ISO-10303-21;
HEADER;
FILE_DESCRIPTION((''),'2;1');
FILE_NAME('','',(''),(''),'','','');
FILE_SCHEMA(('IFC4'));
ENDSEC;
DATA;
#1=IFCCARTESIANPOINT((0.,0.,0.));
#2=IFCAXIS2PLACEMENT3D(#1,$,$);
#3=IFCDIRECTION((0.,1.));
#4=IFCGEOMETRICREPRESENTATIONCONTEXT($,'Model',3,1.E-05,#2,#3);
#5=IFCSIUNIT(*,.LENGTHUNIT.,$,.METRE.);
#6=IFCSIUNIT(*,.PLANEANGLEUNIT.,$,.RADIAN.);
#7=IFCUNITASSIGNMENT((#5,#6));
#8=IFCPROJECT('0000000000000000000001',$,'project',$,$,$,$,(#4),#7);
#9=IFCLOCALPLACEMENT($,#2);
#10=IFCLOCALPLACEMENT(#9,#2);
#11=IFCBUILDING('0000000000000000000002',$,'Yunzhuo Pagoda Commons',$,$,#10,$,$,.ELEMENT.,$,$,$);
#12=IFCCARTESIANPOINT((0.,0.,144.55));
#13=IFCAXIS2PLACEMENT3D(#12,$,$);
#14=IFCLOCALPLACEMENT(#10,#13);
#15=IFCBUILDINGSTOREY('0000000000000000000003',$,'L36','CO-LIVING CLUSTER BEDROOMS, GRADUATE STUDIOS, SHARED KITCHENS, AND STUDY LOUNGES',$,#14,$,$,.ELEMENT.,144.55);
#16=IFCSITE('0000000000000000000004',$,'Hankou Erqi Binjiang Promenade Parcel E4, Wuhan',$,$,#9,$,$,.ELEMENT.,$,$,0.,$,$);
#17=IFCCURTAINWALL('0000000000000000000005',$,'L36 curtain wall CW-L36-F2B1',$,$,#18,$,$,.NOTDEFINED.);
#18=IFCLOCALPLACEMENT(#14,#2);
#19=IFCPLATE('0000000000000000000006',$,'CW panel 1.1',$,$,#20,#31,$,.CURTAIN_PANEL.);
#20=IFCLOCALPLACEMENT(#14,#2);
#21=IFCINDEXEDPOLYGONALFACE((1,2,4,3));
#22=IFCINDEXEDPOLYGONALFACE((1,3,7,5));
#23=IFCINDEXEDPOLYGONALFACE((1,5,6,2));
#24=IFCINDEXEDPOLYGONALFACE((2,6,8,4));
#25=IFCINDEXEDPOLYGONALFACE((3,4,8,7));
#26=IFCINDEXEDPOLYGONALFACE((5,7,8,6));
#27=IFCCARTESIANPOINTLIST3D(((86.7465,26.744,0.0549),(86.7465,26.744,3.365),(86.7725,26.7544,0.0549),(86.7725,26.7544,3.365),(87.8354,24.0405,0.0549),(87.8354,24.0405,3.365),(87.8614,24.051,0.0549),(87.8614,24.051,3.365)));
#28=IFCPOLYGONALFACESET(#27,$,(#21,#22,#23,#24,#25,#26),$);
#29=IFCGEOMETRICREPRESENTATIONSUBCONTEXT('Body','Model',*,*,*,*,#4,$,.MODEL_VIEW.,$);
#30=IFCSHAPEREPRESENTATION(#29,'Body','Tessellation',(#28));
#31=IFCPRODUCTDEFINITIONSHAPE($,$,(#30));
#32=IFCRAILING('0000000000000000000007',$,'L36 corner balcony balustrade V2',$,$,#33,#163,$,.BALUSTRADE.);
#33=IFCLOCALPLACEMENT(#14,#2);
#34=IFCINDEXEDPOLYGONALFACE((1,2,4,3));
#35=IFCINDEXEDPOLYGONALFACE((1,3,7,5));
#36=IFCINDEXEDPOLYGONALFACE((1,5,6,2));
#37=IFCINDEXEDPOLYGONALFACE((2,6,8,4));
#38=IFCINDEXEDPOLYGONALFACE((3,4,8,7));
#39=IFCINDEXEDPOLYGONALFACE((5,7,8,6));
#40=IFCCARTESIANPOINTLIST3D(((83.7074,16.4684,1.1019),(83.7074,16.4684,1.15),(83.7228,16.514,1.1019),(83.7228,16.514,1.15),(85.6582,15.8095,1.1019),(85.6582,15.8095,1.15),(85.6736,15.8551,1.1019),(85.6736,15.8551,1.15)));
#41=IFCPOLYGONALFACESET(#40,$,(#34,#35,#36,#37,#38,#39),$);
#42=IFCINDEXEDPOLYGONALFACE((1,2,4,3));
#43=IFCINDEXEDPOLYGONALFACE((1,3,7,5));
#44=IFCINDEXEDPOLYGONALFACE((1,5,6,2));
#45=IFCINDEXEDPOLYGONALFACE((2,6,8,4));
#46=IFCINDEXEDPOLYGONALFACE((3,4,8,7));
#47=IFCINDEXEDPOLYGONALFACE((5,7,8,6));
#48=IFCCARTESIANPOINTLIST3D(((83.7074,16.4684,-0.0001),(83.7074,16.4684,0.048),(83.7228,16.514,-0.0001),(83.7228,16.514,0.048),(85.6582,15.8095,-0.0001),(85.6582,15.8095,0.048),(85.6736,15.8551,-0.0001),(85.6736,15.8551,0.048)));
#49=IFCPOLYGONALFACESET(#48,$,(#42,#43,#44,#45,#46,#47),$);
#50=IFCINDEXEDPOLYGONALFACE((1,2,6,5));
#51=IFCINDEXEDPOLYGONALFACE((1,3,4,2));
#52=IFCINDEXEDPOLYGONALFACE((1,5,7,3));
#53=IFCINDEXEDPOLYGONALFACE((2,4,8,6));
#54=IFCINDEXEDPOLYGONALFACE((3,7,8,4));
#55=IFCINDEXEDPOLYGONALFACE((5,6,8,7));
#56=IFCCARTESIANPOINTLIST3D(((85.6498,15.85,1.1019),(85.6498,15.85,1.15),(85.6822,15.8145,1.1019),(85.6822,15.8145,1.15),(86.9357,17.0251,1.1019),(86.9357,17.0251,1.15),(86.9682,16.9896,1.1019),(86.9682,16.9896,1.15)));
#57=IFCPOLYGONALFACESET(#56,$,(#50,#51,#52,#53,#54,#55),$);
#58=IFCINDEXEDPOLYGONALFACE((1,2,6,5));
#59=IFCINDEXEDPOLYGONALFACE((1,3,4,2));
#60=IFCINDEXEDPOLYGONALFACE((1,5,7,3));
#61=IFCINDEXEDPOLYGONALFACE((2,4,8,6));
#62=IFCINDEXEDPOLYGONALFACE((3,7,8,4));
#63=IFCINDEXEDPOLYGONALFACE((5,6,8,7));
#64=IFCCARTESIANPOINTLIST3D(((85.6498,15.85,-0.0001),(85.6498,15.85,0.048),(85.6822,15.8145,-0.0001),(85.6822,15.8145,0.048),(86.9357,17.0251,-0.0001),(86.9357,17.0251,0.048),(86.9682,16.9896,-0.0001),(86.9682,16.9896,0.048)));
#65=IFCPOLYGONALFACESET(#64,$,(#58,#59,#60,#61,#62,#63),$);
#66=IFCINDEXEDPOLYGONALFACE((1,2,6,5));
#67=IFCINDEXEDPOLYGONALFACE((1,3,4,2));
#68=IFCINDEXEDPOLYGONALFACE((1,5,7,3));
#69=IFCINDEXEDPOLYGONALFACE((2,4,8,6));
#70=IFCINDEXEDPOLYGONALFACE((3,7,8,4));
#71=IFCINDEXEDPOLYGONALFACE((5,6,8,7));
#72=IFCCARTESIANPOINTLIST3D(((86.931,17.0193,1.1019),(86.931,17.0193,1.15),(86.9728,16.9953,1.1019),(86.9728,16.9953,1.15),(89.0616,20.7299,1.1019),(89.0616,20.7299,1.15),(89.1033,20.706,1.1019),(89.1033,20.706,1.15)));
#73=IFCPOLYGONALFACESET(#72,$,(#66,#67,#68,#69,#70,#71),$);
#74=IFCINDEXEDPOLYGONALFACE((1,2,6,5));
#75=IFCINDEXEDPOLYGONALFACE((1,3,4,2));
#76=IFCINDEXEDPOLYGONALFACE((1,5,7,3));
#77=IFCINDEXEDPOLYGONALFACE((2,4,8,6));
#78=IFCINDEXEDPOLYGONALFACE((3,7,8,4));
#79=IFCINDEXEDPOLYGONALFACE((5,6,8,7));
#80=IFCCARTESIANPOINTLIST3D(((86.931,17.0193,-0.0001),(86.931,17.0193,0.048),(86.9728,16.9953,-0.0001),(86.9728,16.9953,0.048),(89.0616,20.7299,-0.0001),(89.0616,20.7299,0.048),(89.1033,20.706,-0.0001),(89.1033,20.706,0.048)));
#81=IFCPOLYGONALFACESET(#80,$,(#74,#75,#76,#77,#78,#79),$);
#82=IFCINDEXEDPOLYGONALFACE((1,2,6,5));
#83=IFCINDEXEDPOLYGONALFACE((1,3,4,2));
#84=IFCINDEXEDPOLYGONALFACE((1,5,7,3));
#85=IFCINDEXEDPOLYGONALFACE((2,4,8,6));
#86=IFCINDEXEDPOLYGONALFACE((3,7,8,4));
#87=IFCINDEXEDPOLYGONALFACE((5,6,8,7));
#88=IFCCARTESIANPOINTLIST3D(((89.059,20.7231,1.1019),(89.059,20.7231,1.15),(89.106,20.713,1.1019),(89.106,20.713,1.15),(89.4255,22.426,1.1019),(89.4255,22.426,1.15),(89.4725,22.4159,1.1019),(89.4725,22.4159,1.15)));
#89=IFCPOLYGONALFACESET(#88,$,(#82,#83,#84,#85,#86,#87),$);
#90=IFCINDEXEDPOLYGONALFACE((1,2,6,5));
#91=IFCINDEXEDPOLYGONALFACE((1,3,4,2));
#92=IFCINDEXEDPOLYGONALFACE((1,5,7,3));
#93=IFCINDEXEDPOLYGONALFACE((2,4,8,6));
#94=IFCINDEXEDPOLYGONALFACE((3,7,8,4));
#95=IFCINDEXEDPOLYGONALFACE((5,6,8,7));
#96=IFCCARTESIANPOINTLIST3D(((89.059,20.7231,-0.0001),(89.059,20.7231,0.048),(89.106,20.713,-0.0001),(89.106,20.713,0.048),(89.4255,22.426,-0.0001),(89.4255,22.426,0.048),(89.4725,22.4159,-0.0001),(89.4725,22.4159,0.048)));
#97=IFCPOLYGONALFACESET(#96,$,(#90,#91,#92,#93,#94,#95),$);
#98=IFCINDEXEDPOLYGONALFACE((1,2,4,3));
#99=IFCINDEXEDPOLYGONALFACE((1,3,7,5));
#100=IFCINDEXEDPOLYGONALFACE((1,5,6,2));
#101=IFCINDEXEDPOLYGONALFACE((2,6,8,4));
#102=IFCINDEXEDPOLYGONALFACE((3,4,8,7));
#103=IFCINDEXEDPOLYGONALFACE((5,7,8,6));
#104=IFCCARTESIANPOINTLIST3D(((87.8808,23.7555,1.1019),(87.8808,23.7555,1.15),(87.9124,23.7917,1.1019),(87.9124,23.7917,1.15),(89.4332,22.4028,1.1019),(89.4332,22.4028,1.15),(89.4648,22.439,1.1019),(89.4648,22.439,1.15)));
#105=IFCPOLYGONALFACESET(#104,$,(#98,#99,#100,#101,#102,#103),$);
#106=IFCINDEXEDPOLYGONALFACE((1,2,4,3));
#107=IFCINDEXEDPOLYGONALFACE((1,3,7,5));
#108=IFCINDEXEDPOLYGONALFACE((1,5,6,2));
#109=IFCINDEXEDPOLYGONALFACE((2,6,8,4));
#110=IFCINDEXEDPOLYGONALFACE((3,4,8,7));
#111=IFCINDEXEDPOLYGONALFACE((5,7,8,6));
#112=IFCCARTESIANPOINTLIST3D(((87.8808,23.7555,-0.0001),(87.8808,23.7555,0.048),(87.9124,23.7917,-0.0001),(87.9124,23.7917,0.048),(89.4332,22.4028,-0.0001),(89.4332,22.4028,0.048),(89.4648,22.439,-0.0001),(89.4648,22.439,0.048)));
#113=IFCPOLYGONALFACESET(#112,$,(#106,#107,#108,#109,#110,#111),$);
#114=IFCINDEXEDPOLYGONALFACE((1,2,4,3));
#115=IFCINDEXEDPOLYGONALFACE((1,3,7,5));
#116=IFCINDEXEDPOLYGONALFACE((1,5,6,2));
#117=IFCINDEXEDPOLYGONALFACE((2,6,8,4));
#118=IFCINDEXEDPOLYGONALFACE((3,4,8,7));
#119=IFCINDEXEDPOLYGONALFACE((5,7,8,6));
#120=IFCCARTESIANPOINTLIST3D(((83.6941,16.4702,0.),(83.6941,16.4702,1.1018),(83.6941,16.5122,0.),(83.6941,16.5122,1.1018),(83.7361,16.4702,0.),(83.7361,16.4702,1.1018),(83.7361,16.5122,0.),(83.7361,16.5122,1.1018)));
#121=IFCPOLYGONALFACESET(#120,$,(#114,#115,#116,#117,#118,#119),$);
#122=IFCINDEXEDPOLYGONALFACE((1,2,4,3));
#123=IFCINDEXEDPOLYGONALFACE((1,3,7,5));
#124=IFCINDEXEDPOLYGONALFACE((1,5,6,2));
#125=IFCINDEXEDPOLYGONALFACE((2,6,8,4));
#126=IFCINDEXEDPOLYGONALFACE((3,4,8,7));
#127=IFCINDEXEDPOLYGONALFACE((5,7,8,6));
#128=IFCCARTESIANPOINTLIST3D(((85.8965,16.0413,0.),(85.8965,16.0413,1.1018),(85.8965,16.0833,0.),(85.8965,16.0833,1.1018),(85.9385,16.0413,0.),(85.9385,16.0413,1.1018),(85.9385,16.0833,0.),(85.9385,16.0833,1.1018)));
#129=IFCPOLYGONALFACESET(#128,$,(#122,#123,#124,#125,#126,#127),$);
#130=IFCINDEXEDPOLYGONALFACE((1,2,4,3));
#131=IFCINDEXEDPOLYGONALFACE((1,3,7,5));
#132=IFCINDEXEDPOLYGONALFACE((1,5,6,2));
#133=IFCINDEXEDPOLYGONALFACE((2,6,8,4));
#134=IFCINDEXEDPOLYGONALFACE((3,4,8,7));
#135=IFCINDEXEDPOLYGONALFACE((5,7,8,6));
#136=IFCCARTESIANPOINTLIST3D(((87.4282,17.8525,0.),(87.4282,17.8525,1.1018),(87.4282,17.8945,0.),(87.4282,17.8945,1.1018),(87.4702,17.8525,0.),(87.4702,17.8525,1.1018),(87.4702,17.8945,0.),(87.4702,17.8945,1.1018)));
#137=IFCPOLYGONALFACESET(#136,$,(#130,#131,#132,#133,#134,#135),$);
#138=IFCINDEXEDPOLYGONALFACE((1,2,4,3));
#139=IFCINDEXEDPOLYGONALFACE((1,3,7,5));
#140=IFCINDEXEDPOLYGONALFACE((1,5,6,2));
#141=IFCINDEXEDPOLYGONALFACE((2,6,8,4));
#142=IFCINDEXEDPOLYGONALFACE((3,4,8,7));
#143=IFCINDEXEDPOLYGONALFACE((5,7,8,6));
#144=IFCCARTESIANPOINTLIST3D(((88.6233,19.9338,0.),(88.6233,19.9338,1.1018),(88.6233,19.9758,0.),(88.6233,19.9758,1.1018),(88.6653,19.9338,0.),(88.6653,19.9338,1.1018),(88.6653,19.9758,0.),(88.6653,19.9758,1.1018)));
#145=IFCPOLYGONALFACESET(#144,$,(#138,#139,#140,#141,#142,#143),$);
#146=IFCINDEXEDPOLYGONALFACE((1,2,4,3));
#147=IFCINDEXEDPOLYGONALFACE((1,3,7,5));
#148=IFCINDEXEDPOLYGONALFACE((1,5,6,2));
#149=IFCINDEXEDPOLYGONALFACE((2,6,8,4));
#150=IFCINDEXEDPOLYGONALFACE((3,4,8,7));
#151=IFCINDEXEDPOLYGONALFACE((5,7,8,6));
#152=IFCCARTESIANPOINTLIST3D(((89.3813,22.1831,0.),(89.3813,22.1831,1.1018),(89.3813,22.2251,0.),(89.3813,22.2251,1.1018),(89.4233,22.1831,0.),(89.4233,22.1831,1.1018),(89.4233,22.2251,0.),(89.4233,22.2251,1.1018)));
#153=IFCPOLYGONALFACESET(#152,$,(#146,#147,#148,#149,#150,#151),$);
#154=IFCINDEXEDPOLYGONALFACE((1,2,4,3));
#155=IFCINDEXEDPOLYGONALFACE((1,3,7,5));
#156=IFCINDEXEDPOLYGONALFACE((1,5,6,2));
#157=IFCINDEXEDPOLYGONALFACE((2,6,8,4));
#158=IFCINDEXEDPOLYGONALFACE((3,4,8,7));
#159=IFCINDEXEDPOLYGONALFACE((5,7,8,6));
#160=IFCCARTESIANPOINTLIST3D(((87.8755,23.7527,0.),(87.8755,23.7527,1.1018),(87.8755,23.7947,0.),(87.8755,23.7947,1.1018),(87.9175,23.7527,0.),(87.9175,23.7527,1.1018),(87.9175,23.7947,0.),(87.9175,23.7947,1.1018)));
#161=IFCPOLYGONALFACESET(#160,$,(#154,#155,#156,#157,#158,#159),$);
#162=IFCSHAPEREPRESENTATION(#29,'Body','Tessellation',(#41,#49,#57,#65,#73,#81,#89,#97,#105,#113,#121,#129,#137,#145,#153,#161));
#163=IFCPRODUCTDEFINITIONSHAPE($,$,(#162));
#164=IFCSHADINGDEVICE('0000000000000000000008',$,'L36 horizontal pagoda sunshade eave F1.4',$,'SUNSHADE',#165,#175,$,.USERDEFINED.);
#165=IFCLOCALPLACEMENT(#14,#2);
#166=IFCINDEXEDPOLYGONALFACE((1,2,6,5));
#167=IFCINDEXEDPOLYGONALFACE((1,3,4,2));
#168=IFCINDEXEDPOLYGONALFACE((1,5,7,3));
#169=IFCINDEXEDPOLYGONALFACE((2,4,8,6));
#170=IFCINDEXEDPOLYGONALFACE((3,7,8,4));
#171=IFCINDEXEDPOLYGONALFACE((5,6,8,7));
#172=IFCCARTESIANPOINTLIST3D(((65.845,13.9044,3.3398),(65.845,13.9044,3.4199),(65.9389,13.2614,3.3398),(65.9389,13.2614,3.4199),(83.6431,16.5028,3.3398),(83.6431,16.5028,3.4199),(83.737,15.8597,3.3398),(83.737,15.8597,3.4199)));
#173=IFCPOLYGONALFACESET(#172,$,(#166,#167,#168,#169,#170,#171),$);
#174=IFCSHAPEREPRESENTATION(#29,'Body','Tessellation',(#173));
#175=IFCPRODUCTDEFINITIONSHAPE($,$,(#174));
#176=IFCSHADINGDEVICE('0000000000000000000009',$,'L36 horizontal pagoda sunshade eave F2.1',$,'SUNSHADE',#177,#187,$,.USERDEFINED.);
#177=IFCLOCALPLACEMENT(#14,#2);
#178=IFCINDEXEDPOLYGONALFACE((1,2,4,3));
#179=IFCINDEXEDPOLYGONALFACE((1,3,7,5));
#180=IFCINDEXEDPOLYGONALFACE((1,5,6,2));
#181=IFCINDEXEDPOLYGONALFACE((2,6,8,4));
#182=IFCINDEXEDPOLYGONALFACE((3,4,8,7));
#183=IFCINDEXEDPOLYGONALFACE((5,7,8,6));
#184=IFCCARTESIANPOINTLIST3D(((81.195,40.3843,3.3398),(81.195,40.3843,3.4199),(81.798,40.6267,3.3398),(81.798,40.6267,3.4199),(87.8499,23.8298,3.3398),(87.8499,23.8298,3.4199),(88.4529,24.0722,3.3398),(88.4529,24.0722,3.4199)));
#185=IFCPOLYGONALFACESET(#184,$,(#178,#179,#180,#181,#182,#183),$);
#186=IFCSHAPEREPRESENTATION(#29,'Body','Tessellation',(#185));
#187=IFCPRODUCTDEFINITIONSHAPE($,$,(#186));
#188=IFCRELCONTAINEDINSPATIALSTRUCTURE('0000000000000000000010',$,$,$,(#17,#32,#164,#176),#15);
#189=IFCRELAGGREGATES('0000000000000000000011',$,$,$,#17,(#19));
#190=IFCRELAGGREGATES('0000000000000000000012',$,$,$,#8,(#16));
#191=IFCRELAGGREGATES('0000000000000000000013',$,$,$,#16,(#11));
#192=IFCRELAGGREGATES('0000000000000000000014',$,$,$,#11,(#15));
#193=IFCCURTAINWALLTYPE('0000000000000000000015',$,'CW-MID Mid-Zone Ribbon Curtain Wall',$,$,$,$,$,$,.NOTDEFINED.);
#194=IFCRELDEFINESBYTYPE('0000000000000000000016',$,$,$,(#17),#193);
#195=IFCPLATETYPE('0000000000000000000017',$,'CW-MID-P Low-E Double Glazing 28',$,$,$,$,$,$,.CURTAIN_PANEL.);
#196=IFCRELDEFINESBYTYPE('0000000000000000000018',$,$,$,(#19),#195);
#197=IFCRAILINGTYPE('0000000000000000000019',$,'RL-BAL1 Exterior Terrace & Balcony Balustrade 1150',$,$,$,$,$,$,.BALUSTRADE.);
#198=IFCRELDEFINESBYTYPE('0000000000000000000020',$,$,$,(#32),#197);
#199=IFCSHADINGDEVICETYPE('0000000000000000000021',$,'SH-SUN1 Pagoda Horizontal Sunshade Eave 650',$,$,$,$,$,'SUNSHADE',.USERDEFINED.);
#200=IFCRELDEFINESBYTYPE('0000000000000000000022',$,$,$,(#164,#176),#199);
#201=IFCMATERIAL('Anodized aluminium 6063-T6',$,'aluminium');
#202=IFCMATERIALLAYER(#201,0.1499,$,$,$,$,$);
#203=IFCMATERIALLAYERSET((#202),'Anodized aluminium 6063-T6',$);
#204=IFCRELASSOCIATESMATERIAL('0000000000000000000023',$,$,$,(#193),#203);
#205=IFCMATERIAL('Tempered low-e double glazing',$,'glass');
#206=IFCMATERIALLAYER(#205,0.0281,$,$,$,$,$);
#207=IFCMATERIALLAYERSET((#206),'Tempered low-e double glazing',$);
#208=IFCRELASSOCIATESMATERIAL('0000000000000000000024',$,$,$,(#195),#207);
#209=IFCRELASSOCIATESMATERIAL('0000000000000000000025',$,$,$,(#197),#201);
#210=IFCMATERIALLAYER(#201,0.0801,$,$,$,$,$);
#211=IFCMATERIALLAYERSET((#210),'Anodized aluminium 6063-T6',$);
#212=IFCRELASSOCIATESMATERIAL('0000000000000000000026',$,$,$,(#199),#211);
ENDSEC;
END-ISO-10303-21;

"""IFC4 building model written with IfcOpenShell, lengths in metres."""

from ifc_helpers import new_model, si_unit, direction, frame, origin, origin_2d, place, context, subcontext, project, spatial, rectangle, extrude, source, transform, mapped, material, layer, layer_set, type_object, element, aggregate, save


model = new_model("IFC4")

# Units and contexts
model_context = context("Model", 3, precision=1e-05, world=origin(), true_north=direction((0.0, 1.0)))
body_context = subcontext(model_context, "Body", "Model", "MODEL_VIEW")
ifc_project = project(units=[si_unit("LENGTHUNIT", "METRE"), si_unit("PLANEANGLEUNIT", "RADIAN")], contexts=[model_context])

# Site, building, storey
site_placement = place(None, origin())
site = spatial("IfcSite", under=ifc_project, at=site_placement, Name="Hankou Erqi Binjiang Promenade Parcel E4, Wuhan", CompositionType="ELEMENT", RefElevation=0.0)
building_placement = place(site_placement, origin())
building = spatial("IfcBuilding", under=site, at=building_placement, Name="Yunzhuo Pagoda Commons", CompositionType="ELEMENT")
storey_placement = place(building_placement, frame((0.0, 0.0, 144.55)))
storey = spatial("IfcBuildingStorey", under=building, at=storey_placement, Name="L36", Description="CO-LIVING CLUSTER BEDROOMS, GRADUATE STUDIOS, SHARED KITCHENS, AND STUDY LOUNGES", CompositionType="ELEMENT", Elevation=144.55)

# Shared definitions
ifc_material_1 = material(Name="Anodized aluminium 6063-T6", Category="aluminium")
ifc_layer_1 = layer(ifc_material_1, 0.1499)
ifc_layer_set_1 = layer_set([ifc_layer_1], Name="Anodized aluminium 6063-T6")
curtain_wall_type = type_object("IfcCurtainWallType", Name="CW-MID Mid-Zone Ribbon Curtain Wall", PredefinedType="NOTDEFINED", material=ifc_layer_set_1)

# Curtain wall
curtain_wall_1_placement = place(storey_placement, origin())
curtain_wall_1 = element("IfcCurtainWall", 1, at=curtain_wall_1_placement, inside=storey, type_object=curtain_wall_type, Name="L36 curtain wall CW-L36-F2B1", PredefinedType="NOTDEFINED")

# Shared definitions
ifc_material_2 = material(Name="Tempered low-e double glazing", Category="glass")
ifc_layer_2 = layer(ifc_material_2, 0.0281)
ifc_layer_set_2 = layer_set([ifc_layer_2], Name="Tempered low-e double glazing")
plate_type_1 = type_object("IfcPlateType", Name="CW-MID-P Low-E Double Glazing 28", PredefinedType="CURTAIN_PANEL", material=ifc_layer_set_2)

# Plate
shared_shape_1 = source(origin(), body_context, "Body", "SweptSolid", [
    extrude(rectangle(XDim=2.9146, YDim=0.0281, at=origin_2d()), origin(), (0.0, 0.0, 1.0), 3.3101),
])
plate_1_placement = place(storey_placement, frame((87.304, 25.3975, 0.0549), z_axis=(0.0, 0.0, 1.0), x_axis=(-0.373617, 0.927583, 0.0)))
plate_1 = element("IfcPlate", 2, at=plate_1_placement, type_object=plate_type_1, Name="CW panel 1.1", PredefinedType="CURTAIN_PANEL", context=body_context, shape_type="MappedRepresentation", body=[
    mapped(shared_shape_1, transform((0.0, 0.0, 0.0), scale=1.0)),
])
aggregate(curtain_wall_1, [plate_1])

# Railing
railing_type = type_object("IfcRailingType", Name="RL-BAL1 Exterior Terrace & Balcony Balustrade 1150", PredefinedType="BALUSTRADE", material=ifc_material_1)
railing_placement = place(storey_placement, frame((83.7151, 16.4912, 0.0)))
element("IfcRailing", 3, at=railing_placement, inside=storey, type_object=railing_type, Name="L36 corner balcony balustrade V2", PredefinedType="BALUSTRADE", context=body_context, shape_type="SweptSolid", body=[
    extrude(rectangle(XDim=0.0481, YDim=0.0481, at=origin_2d()), frame((0.0, 0.0, 1.126), z_axis=(0.947419, -0.319996, 0.0), x_axis=(0.319996, 0.947419, 0.0)), (0.0, 0.0, 1.0), 2.0591),
    extrude(rectangle(XDim=0.0481, YDim=0.0481, at=origin_2d()), frame((0.0, 0.0, 0.0239), z_axis=(0.947419, -0.319996, 0.0), x_axis=(0.319996, 0.947419, 0.0)), (0.0, 0.0, 1.0), 2.0591),
    extrude(rectangle(XDim=0.0481, YDim=0.0481, at=origin_2d()), frame((1.9509, -0.6589, 1.126), z_axis=(0.738206, 0.674575, 0.0), x_axis=(-0.674575, 0.738206, 0.0)), (0.0, 0.0, 1.0), 1.7419),
    extrude(rectangle(XDim=0.0481, YDim=0.0481, at=origin_2d()), frame((1.9509, -0.6589, 0.0239), z_axis=(0.738206, 0.674575, 0.0), x_axis=(-0.674575, 0.738206, 0.0)), (0.0, 0.0, 1.0), 1.7419),
    extrude(rectangle(XDim=0.0481, YDim=0.0481, at=origin_2d()), frame((3.2368, 0.5161, 1.126), z_axis=(0.497938, 0.867212, 0.0), x_axis=(-0.867212, 0.497938, 0.0)), (0.0, 0.0, 1.0), 4.2788),
    extrude(rectangle(XDim=0.0481, YDim=0.0481, at=origin_2d()), frame((3.2368, 0.5161, 0.0239), z_axis=(0.497938, 0.867212, 0.0), x_axis=(-0.867212, 0.497938, 0.0)), (0.0, 0.0, 1.0), 4.2788),
    extrude(rectangle(XDim=0.0481, YDim=0.0481, at=origin_2d()), frame((5.3674, 4.2268, 1.126), z_axis=(0.210381, 0.977619, 0.0), x_axis=(-0.977619, 0.210381, 0.0)), (0.0, 0.0, 1.0), 1.7419),
    extrude(rectangle(XDim=0.0481, YDim=0.0481, at=origin_2d()), frame((5.3674, 4.2268, 0.0239), z_axis=(0.210381, 0.977619, 0.0), x_axis=(-0.977619, 0.210381, 0.0)), (0.0, 0.0, 1.0), 1.7419),
    extrude(rectangle(XDim=0.0481, YDim=0.0481, at=origin_2d()), frame((5.7339, 5.9297, 1.126), z_axis=(-0.753934, 0.65695, 0.0), x_axis=(-0.65695, -0.753934, 0.0)), (0.0, 0.0, 1.0), 2.0591),
    extrude(rectangle(XDim=0.0481, YDim=0.0481, at=origin_2d()), frame((5.7339, 5.9297, 0.0239), z_axis=(-0.753934, 0.65695, 0.0), x_axis=(-0.65695, -0.753934, 0.0)), (0.0, 0.0, 1.0), 2.0591),
    extrude(rectangle(XDim=0.042, YDim=0.042, at=origin_2d()), origin(), (0.0, 0.0, 1.0), 1.1018),
    extrude(rectangle(XDim=0.042, YDim=0.042, at=origin_2d()), frame((2.2024, -0.429, 0.0)), (0.0, 0.0, 1.0), 1.1018),
    extrude(rectangle(XDim=0.042, YDim=0.042, at=origin_2d()), frame((3.7341, 1.3823, 0.0)), (0.0, 0.0, 1.0), 1.1018),
    extrude(rectangle(XDim=0.042, YDim=0.042, at=origin_2d()), frame((4.9292, 3.4636, 0.0)), (0.0, 0.0, 1.0), 1.1018),
    extrude(rectangle(XDim=0.042, YDim=0.042, at=origin_2d()), frame((5.6873, 5.7129, 0.0)), (0.0, 0.0, 1.0), 1.1018),
    extrude(rectangle(XDim=0.042, YDim=0.042, at=origin_2d()), frame((4.1814, 7.2825, 0.0)), (0.0, 0.0, 1.0), 1.1018),
])

# Shading devices
ifc_layer_3 = layer(ifc_material_1, 0.0801)
ifc_layer_set_3 = layer_set([ifc_layer_3], Name="Anodized aluminium 6063-T6")
shading_device_type = type_object("IfcShadingDeviceType", Name="SH-SUN1 Pagoda Horizontal Sunshade Eave 650", ElementType="SUNSHADE", PredefinedType="USERDEFINED", material=ifc_layer_set_3)
shared_shape_2 = source(origin(), body_context, "Body", "SweptSolid", [
    extrude(rectangle(XDim=17.9868, YDim=0.6499, at=origin_2d()), origin(), (0.0, 0.0, 1.0), 0.0801),
])
shading_device_1_placement = place(storey_placement, frame((74.791, 14.8821, 3.3398), z_axis=(0.0, 0.0, 1.0), x_axis=(0.989511, 0.14446, 0.0)))
element("IfcShadingDevice", 4, at=shading_device_1_placement, inside=storey, type_object=shading_device_type, Name="L36 horizontal pagoda sunshade eave F1.4", ObjectType="SUNSHADE", PredefinedType="USERDEFINED", context=body_context, shape_type="MappedRepresentation", body=[
    mapped(shared_shape_2, transform((0.0, 0.0, 0.0), scale=1.0)),
])
shared_shape_3 = source(origin(), body_context, "Body", "SweptSolid", [
    extrude(rectangle(XDim=17.842, YDim=0.6499, at=origin_2d()), origin(), (0.0, 0.0, 1.0), 0.0801),
])
shading_device_2_placement = place(storey_placement, frame((84.824, 32.2283, 3.3398), z_axis=(0.0, 0.0, 1.0), x_axis=(-0.372988, 0.927836, 0.0)))
element("IfcShadingDevice", 5, at=shading_device_2_placement, inside=storey, type_object=shading_device_type, Name="L36 horizontal pagoda sunshade eave F2.1", ObjectType="SUNSHADE", PredefinedType="USERDEFINED", context=body_context, shape_type="MappedRepresentation", body=[
    mapped(shared_shape_3, transform((0.0, 0.0, 0.0), scale=1.0)),
])

save(model, "model.ifc")
